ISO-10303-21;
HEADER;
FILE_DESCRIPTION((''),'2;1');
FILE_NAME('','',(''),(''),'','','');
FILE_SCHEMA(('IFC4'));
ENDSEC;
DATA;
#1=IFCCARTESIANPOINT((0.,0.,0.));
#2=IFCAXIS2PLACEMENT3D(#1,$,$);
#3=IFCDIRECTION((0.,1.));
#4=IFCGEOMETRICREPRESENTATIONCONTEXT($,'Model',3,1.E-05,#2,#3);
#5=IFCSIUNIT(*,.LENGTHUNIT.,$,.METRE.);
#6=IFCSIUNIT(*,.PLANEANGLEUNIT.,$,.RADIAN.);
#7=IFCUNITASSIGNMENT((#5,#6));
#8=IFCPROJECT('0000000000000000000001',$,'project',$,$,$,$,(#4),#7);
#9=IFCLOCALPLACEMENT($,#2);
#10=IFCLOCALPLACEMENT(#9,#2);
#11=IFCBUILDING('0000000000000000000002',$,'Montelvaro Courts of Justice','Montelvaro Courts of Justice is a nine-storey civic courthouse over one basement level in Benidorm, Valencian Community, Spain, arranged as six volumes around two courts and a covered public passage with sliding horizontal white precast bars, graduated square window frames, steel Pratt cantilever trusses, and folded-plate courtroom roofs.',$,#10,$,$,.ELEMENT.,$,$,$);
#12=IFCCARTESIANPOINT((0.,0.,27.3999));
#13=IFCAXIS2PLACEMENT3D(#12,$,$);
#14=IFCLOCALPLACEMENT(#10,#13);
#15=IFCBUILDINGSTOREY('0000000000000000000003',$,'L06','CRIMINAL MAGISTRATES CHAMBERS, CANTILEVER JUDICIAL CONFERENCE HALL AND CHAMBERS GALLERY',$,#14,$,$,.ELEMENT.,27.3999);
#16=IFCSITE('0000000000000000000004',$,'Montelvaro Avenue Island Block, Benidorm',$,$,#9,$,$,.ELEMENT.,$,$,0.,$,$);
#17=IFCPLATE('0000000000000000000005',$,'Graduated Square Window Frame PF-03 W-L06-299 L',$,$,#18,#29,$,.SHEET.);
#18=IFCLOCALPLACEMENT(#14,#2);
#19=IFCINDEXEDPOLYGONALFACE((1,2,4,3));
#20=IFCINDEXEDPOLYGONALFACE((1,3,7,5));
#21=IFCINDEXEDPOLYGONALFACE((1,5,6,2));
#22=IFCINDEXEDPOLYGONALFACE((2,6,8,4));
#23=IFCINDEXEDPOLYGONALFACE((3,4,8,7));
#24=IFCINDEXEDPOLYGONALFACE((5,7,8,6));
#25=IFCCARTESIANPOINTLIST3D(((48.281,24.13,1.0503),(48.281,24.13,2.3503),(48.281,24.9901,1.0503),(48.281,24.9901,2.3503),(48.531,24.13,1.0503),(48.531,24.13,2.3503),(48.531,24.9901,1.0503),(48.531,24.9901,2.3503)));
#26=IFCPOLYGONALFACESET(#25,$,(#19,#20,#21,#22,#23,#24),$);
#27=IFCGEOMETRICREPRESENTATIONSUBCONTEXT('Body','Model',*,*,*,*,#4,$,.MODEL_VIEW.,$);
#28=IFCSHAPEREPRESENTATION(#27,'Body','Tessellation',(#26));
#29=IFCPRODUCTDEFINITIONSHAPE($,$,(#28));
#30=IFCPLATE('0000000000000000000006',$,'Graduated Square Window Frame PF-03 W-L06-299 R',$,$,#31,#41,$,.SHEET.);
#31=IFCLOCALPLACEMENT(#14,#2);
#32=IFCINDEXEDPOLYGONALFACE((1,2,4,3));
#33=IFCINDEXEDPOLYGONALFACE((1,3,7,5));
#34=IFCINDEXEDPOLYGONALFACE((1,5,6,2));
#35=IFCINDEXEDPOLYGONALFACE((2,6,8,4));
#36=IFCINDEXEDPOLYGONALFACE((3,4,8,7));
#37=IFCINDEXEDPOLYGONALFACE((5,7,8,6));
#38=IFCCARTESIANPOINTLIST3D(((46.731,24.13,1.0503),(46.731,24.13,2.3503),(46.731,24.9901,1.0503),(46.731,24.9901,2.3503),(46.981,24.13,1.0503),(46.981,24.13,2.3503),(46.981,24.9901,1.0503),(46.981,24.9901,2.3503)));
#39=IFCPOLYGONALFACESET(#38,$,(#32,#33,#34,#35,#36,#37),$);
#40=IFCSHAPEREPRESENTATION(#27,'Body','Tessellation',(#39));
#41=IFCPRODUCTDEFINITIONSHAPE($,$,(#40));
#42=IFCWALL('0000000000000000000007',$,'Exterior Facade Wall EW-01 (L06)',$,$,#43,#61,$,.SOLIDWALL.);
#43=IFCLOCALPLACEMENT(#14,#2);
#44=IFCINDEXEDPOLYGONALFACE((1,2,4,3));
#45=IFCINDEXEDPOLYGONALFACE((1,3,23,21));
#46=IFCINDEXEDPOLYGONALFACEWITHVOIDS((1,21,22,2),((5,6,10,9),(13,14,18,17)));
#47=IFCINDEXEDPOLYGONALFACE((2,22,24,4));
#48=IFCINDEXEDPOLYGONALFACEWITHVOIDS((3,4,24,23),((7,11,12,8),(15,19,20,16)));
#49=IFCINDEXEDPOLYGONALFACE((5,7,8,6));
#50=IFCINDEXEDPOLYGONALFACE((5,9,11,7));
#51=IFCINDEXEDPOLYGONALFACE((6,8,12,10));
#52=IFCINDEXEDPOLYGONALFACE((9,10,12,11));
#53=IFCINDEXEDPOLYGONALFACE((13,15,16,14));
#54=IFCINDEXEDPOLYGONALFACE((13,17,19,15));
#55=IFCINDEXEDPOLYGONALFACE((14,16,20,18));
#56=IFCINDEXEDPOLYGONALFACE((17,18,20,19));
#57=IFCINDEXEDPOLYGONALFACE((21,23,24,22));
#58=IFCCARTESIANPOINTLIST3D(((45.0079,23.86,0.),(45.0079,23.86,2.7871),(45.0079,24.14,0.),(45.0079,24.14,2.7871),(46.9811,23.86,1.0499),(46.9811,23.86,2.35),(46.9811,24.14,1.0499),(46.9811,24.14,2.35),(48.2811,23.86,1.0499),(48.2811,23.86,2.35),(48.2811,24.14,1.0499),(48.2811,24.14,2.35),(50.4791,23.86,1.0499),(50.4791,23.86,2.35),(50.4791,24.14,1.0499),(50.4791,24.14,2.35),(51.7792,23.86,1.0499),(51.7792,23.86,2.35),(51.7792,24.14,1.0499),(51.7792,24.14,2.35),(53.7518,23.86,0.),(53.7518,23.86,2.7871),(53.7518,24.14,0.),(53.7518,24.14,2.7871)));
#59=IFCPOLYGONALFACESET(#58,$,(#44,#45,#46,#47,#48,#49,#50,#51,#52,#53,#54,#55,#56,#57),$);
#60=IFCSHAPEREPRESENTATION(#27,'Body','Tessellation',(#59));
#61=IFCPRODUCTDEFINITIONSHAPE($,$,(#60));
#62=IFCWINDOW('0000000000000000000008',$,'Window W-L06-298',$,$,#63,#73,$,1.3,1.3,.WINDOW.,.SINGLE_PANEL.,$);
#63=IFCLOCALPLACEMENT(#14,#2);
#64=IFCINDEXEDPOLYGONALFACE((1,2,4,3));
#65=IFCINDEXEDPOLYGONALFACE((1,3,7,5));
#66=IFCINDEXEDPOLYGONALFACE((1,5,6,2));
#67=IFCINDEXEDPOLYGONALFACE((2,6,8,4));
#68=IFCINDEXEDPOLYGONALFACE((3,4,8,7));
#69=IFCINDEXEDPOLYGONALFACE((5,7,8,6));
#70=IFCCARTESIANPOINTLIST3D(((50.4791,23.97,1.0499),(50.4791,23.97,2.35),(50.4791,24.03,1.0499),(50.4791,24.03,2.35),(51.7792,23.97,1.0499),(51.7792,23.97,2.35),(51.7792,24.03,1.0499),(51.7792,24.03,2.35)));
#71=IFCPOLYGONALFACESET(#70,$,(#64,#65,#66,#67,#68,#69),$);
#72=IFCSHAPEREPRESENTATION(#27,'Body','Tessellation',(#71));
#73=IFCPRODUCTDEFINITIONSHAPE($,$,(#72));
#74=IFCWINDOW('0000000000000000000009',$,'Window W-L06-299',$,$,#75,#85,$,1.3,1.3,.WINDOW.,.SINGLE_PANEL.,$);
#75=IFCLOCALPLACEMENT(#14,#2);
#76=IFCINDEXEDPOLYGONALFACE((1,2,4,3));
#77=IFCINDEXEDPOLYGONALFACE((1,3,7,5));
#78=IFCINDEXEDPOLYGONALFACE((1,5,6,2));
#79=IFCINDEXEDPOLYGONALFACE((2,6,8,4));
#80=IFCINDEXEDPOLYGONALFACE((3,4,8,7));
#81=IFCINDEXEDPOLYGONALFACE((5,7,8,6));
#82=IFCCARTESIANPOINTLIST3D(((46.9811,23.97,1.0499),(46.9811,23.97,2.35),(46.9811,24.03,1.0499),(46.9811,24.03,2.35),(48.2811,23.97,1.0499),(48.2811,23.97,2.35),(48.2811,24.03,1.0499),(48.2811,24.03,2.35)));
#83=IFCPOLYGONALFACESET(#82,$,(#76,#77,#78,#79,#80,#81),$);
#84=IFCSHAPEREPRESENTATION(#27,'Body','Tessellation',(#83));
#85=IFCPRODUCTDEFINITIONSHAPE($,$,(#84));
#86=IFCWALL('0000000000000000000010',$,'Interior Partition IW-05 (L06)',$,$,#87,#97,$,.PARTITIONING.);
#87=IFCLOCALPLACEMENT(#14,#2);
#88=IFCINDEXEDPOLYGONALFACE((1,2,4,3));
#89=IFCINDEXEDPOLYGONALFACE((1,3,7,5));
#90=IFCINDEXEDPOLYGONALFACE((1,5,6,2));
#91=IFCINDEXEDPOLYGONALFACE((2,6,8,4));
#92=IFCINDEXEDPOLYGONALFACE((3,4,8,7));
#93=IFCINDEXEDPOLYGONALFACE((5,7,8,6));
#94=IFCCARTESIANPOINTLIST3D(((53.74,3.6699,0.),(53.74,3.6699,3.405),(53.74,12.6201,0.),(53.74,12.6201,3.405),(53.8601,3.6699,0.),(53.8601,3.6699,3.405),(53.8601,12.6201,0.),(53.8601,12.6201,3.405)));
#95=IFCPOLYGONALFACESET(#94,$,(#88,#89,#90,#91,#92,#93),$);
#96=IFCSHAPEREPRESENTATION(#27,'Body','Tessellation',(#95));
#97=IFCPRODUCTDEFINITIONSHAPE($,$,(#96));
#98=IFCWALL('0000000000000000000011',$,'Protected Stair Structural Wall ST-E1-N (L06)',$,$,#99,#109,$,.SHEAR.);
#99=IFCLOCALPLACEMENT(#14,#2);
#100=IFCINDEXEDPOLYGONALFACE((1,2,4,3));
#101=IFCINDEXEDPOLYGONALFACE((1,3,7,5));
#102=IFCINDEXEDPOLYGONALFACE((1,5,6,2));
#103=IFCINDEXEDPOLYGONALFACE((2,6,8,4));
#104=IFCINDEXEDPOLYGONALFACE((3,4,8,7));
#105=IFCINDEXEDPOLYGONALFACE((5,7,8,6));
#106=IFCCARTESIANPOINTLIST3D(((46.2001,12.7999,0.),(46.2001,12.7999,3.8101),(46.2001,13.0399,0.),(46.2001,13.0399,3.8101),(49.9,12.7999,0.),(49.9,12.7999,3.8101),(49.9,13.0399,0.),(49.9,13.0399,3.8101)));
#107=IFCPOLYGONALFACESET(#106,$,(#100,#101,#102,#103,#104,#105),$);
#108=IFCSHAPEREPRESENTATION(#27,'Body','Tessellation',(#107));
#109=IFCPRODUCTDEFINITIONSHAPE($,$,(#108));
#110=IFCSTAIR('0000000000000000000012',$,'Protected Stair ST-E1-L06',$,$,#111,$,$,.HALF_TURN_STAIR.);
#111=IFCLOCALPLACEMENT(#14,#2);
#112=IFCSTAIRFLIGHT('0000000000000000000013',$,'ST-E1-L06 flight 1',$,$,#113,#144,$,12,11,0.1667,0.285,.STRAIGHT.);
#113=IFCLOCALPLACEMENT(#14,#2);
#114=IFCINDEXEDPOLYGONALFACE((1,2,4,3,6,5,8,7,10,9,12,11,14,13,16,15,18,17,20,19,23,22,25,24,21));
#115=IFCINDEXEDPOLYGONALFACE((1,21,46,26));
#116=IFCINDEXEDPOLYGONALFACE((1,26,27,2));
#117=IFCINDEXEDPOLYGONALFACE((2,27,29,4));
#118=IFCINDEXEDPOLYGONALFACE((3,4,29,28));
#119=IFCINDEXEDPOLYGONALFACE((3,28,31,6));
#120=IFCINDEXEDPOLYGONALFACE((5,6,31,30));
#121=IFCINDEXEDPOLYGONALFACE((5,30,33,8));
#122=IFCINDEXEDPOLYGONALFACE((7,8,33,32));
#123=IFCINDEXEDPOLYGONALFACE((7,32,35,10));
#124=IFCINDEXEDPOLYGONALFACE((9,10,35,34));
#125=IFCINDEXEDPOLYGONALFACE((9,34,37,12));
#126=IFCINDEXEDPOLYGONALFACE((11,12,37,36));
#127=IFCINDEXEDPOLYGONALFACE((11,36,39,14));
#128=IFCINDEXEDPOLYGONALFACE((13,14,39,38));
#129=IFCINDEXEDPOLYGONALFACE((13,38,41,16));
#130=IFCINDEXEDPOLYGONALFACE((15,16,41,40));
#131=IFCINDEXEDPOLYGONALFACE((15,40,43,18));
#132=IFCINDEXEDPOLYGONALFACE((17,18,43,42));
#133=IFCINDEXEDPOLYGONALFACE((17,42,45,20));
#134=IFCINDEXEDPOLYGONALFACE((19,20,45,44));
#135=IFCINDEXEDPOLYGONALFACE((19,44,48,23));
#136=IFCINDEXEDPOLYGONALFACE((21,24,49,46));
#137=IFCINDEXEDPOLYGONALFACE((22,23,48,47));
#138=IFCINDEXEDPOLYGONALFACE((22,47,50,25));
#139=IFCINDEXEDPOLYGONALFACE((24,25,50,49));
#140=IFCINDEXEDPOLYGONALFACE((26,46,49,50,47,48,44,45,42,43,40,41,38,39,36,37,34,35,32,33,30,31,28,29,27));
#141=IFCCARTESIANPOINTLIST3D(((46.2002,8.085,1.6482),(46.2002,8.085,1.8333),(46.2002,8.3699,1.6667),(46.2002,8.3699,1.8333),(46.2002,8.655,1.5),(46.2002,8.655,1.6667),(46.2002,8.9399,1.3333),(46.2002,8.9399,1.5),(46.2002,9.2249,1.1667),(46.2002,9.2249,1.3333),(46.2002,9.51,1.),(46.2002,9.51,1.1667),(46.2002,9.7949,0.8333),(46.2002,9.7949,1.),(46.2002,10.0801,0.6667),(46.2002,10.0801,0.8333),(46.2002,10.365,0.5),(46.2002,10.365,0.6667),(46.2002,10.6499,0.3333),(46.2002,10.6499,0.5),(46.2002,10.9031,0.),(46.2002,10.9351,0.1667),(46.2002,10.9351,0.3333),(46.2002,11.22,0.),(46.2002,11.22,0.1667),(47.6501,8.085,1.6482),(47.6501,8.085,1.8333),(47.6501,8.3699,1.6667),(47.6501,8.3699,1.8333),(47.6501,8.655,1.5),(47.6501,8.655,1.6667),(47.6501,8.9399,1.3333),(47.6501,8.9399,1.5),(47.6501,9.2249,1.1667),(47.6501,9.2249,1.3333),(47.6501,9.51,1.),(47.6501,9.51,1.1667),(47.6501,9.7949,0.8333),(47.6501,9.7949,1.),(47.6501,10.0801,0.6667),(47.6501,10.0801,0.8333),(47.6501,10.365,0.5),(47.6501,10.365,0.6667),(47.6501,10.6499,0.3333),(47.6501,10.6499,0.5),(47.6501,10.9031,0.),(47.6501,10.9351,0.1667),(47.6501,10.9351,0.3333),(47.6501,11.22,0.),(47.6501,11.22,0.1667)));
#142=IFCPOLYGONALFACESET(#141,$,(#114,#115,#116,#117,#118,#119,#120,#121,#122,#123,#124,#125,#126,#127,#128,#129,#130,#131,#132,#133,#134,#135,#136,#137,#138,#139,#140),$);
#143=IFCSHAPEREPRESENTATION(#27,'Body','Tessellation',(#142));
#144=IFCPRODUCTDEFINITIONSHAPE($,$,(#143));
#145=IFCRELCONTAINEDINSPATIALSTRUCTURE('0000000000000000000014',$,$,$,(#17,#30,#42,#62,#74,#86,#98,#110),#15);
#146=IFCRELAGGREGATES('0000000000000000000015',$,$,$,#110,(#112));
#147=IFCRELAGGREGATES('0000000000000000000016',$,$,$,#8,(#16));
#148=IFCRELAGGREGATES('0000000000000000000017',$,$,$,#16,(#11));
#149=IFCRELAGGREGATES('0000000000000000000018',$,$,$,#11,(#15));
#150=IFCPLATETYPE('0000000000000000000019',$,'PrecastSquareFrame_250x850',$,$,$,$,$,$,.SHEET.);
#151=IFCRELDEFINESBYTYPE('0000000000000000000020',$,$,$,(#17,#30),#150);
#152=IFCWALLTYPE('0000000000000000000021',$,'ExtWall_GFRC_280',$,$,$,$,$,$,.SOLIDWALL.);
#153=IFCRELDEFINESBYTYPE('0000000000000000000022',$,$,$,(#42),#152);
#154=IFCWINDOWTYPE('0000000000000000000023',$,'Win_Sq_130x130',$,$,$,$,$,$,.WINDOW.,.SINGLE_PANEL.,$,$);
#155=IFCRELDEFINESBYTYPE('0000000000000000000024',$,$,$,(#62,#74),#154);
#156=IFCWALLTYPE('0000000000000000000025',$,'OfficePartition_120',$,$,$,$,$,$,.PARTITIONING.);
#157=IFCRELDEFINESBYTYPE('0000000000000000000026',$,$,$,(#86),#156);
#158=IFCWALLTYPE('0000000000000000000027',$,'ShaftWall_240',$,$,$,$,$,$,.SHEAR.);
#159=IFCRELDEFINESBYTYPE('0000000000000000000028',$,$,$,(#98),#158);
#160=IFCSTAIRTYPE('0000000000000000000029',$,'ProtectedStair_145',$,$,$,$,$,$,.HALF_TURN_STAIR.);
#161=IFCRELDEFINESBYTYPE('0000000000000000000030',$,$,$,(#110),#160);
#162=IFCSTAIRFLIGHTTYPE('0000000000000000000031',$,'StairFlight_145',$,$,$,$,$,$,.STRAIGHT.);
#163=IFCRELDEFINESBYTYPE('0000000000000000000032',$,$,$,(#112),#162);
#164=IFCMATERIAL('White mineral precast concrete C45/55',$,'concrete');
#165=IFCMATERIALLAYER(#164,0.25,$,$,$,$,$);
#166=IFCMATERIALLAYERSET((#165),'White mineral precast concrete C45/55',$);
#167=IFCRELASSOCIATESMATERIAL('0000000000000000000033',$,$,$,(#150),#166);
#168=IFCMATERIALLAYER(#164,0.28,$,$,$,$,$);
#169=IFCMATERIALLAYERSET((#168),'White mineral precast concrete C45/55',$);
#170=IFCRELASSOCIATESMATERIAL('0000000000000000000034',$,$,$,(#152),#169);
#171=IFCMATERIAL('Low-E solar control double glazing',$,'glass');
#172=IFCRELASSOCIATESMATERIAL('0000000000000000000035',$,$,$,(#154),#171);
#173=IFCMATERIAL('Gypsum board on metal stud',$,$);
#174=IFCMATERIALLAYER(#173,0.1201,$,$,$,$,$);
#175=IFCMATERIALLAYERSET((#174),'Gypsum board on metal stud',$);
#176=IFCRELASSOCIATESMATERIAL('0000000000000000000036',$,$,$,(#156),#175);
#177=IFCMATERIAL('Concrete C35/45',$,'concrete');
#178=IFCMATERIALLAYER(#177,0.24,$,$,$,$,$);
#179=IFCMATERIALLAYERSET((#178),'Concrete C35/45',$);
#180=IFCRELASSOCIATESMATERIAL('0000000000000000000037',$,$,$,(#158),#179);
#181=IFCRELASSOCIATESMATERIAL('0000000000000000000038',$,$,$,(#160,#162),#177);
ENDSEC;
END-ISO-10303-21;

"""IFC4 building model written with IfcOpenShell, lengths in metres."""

from ifc_helpers import new_model, si_unit, direction, frame, frame_2d, origin, origin_2d, place, context, subcontext, project, spatial, polyline, rectangle, outline, extrude, material, layer, layer_set, type_object, element, fill, aggregate, save


model = new_model("IFC4")

# Units and contexts
model_context = context("Model", 3, precision=1e-05, world=origin(), true_north=direction((0.0, 1.0)))
body_context = subcontext(model_context, "Body", "Model", "MODEL_VIEW")
ifc_project = project(units=[si_unit("LENGTHUNIT", "METRE"), si_unit("PLANEANGLEUNIT", "RADIAN")], contexts=[model_context])

# Site, building, storey
site_placement = place(None, origin())
site = spatial("IfcSite", under=ifc_project, at=site_placement, Name="Montelvaro Avenue Island Block, Benidorm", CompositionType="ELEMENT", RefElevation=0.0)
building_placement = place(site_placement, origin())
building = spatial("IfcBuilding", under=site, at=building_placement, Name="Montelvaro Courts of Justice", Description="Montelvaro Courts of Justice is a nine-storey civic courthouse over one basement level in Benidorm, Valencian Community, Spain, arranged as six volumes around two courts and a covered public passage with sliding horizontal white precast bars, graduated square window frames, steel Pratt cantilever trusses, and folded-plate courtroom roofs.", CompositionType="ELEMENT")
storey_placement = place(building_placement, frame((0.0, 0.0, 27.3999)))
storey = spatial("IfcBuildingStorey", under=building, at=storey_placement, Name="L06", Description="CRIMINAL MAGISTRATES CHAMBERS, CANTILEVER JUDICIAL CONFERENCE HALL AND CHAMBERS GALLERY", CompositionType="ELEMENT", Elevation=27.3999)

# Plates
ifc_material_1 = material(Name="White mineral precast concrete C45/55", Category="concrete")
ifc_layer_1 = layer(ifc_material_1, 0.25)
ifc_layer_set_1 = layer_set([ifc_layer_1], Name="White mineral precast concrete C45/55")
plate_type_1 = type_object("IfcPlateType", Name="PrecastSquareFrame_250x850", PredefinedType="SHEET", material=ifc_layer_set_1)
for number, where, z_axis, x_axis, name in (
    (1, (48.406, 24.5601, 1.0503), (0.0, 0.0, 1.0), (-1.0, 0.0, 0.0), "Graduated Square Window Frame PF-03 W-L06-299 L"),
    (2, (46.856, 24.5601, 1.0503), (0.0, 0.0, 1.0), (-1.0, 0.0, 0.0), "Graduated Square Window Frame PF-03 W-L06-299 R"),
):
    element("IfcPlate", number, at=place(storey_placement, frame(where, z_axis=z_axis, x_axis=x_axis)), inside=storey, type_object=plate_type_1, Name=name, PredefinedType="SHEET", context=body_context, shape_type="SweptSolid", body=[
        extrude(rectangle(XDim=0.25, YDim=0.8601, at=origin_2d()), origin(), (0.0, 0.0, 1.0), 1.3),
    ])

# Wall, openings, windows
ifc_layer_2 = layer(ifc_material_1, 0.28)
ifc_layer_set_2 = layer_set([ifc_layer_2], Name="White mineral precast concrete C45/55")
wall_type_1 = type_object("IfcWallType", Name="ExtWall_GFRC_280", PredefinedType="SOLIDWALL", material=ifc_layer_set_2)
wall_1_placement = place(storey_placement, frame((53.752, 24.0, 0.0), z_axis=(0.0, 0.0, 1.0), x_axis=(-1.0, 0.0, 0.0)))
wall_1 = element("IfcWall", 3, at=wall_1_placement, inside=storey, type_object=wall_type_1, Name="Exterior Facade Wall EW-01 (L06)", PredefinedType="SOLIDWALL", context=body_context, shape_type="SweptSolid", body=[
    extrude(rectangle(XDim=8.7439, YDim=0.28, at=frame_2d((4.3721, 0.0))), origin(), (0.0, 0.0, 1.0), 2.7871),
])
opening_1_placement = place(wall_1_placement, frame((1.9729, 0.0, 1.05)))
opening_1 = element("IfcOpeningElement", 4, at=opening_1_placement, cuts=wall_1, PredefinedType="OPENING", context=body_context, shape_type="SweptSolid", body=[
    extrude(rectangle(XDim=1.3, YDim=1.3, at=frame_2d((0.6499, 0.6499))), frame((0.0, 0.1548, 0.0), z_axis=(0.0, -1.0, 0.0), x_axis=(1.0, 0.0, 0.0)), (0.0, 0.0, 1.0), 0.3098),
])
opening_2_placement = place(wall_1_placement, frame((5.4709, 0.0, 1.05)))
opening_2 = element("IfcOpeningElement", 5, at=opening_2_placement, cuts=wall_1, PredefinedType="OPENING", context=body_context, shape_type="SweptSolid", body=[
    extrude(rectangle(XDim=1.3, YDim=1.3, at=frame_2d((0.6499, 0.6499))), frame((0.0, 0.1548, 0.0), z_axis=(0.0, -1.0, 0.0), x_axis=(1.0, 0.0, 0.0)), (0.0, 0.0, 1.0), 0.3098),
])
ifc_material_2 = material(Name="Low-E solar control double glazing", Category="glass")
window_type = type_object("IfcWindowType", Name="Win_Sq_130x130", PartitioningType="SINGLE_PANEL", PredefinedType="WINDOW", material=ifc_material_2)
window_1_placement = place(opening_1_placement, origin())
window_1 = element("IfcWindow", 6, at=window_1_placement, inside=storey, type_object=window_type, Name="Window W-L06-298", OverallHeight=1.3, OverallWidth=1.3, PartitioningType="SINGLE_PANEL", PredefinedType="WINDOW", context=body_context, shape_type="SweptSolid", body=[
    extrude(rectangle(XDim=1.3, YDim=1.3, at=frame_2d((0.6499, 0.6499))), frame((0.0, 0.03, 0.0), z_axis=(0.0, -1.0, 0.0), x_axis=(1.0, 0.0, 0.0)), (0.0, 0.0, 1.0), 0.0601),
])
fill(opening_1, window_1)
window_2_placement = place(opening_2_placement, origin())
window_2 = element("IfcWindow", 7, at=window_2_placement, inside=storey, type_object=window_type, Name="Window W-L06-299", OverallHeight=1.3, OverallWidth=1.3, PartitioningType="SINGLE_PANEL", PredefinedType="WINDOW", context=body_context, shape_type="SweptSolid", body=[
    extrude(rectangle(XDim=1.3, YDim=1.3, at=frame_2d((0.6499, 0.6499))), frame((0.0, 0.03, 0.0), z_axis=(0.0, -1.0, 0.0), x_axis=(1.0, 0.0, 0.0)), (0.0, 0.0, 1.0), 0.0601),
])
fill(opening_2, window_2)

# Walls
ifc_material_3 = material(Name="Gypsum board on metal stud")
ifc_layer_3 = layer(ifc_material_3, 0.1201)
ifc_layer_set_3 = layer_set([ifc_layer_3], Name="Gypsum board on metal stud")
wall_type_2 = type_object("IfcWallType", Name="OfficePartition_120", PredefinedType="PARTITIONING", material=ifc_layer_set_3)
wall_2_placement = place(storey_placement, frame((53.8, 12.6201, 0.0), z_axis=(0.0, 0.0, 1.0), x_axis=(0.0, -1.0, 0.0)))
element("IfcWall", 8, at=wall_2_placement, inside=storey, type_object=wall_type_2, Name="Interior Partition IW-05 (L06)", PredefinedType="PARTITIONING", context=body_context, shape_type="SweptSolid", body=[
    extrude(rectangle(XDim=8.9502, YDim=0.1201, at=frame_2d((4.4751, 0.0))), origin(), (0.0, 0.0, 1.0), 3.405),
])
ifc_material_4 = material(Name="Concrete C35/45", Category="concrete")
ifc_layer_4 = layer(ifc_material_4, 0.24)
ifc_layer_set_4 = layer_set([ifc_layer_4], Name="Concrete C35/45")
wall_type_3 = type_object("IfcWallType", Name="ShaftWall_240", PredefinedType="SHEAR", material=ifc_layer_set_4)
wall_3_placement = place(storey_placement, frame((46.2, 12.9199, 0.0), z_axis=(0.0, 0.0, 1.0), x_axis=(1.0, 0.0, 0.0)))
element("IfcWall", 9, at=wall_3_placement, inside=storey, type_object=wall_type_3, Name="Protected Stair Structural Wall ST-E1-N (L06)", PredefinedType="SHEAR", context=body_context, shape_type="SweptSolid", body=[
    extrude(rectangle(XDim=3.7, YDim=0.24, at=frame_2d((1.8501, 0.0))), origin(), (0.0, 0.0, 1.0), 3.8101),
])

# Stair, stair flight
stair_type = type_object("IfcStairType", Name="ProtectedStair_145", PredefinedType="HALF_TURN_STAIR", material=ifc_material_4)
stair_placement = place(storey_placement, origin())
stair = element("IfcStair", 10, at=stair_placement, inside=storey, type_object=stair_type, Name="Protected Stair ST-E1-L06", PredefinedType="HALF_TURN_STAIR")
stair_flight_type = type_object("IfcStairFlightType", Name="StairFlight_145", PredefinedType="STRAIGHT", material=ifc_material_4)
stair_flight_placement = place(storey_placement, frame((46.925, 11.22, 0.0), z_axis=(0.0, 0.0, 1.0), x_axis=(0.0, -1.0, 0.0)))
stair_flight = element("IfcStairFlight", 11, at=stair_flight_placement, type_object=stair_flight_type, Name="ST-E1-L06 flight 1", NumberOfRisers=12, NumberOfTreads=11, PredefinedType="STRAIGHT", RiserHeight=0.1667, TreadLength=0.285, context=body_context, shape_type="SweptSolid", body=[
    extrude(outline(polyline([(0.0, 0.0), (0.0, 0.1667), (0.2849, 0.1667), (0.2849, 0.3333), (0.5701, 0.3333), (0.5701, 0.5), (0.855, 0.5), (0.855, 0.6667), (1.1399, 0.6667), (1.1399, 0.8333), (1.425, 0.8333), (1.425, 1.0), (1.71, 1.0), (1.71, 1.1667), (1.9951, 1.1667), (1.9951, 1.3333), (2.28, 1.3333), (2.28, 1.5), (2.5649, 1.5), (2.5649, 1.6667), (2.8501, 1.6667), (2.8501, 1.8333), (3.135, 1.8333), (3.135, 2.0), (3.135, 1.6482), (0.3169, 0.0), (0.0, 0.0)])), frame((0.0, 0.7251, 0.0), z_axis=(0.0, -1.0, 0.0), x_axis=(1.0, 0.0, 0.0)), (0.0, 0.0, 1.0), 1.45),
])
aggregate(stair, [stair_flight])

save(model, "model.ifc")
